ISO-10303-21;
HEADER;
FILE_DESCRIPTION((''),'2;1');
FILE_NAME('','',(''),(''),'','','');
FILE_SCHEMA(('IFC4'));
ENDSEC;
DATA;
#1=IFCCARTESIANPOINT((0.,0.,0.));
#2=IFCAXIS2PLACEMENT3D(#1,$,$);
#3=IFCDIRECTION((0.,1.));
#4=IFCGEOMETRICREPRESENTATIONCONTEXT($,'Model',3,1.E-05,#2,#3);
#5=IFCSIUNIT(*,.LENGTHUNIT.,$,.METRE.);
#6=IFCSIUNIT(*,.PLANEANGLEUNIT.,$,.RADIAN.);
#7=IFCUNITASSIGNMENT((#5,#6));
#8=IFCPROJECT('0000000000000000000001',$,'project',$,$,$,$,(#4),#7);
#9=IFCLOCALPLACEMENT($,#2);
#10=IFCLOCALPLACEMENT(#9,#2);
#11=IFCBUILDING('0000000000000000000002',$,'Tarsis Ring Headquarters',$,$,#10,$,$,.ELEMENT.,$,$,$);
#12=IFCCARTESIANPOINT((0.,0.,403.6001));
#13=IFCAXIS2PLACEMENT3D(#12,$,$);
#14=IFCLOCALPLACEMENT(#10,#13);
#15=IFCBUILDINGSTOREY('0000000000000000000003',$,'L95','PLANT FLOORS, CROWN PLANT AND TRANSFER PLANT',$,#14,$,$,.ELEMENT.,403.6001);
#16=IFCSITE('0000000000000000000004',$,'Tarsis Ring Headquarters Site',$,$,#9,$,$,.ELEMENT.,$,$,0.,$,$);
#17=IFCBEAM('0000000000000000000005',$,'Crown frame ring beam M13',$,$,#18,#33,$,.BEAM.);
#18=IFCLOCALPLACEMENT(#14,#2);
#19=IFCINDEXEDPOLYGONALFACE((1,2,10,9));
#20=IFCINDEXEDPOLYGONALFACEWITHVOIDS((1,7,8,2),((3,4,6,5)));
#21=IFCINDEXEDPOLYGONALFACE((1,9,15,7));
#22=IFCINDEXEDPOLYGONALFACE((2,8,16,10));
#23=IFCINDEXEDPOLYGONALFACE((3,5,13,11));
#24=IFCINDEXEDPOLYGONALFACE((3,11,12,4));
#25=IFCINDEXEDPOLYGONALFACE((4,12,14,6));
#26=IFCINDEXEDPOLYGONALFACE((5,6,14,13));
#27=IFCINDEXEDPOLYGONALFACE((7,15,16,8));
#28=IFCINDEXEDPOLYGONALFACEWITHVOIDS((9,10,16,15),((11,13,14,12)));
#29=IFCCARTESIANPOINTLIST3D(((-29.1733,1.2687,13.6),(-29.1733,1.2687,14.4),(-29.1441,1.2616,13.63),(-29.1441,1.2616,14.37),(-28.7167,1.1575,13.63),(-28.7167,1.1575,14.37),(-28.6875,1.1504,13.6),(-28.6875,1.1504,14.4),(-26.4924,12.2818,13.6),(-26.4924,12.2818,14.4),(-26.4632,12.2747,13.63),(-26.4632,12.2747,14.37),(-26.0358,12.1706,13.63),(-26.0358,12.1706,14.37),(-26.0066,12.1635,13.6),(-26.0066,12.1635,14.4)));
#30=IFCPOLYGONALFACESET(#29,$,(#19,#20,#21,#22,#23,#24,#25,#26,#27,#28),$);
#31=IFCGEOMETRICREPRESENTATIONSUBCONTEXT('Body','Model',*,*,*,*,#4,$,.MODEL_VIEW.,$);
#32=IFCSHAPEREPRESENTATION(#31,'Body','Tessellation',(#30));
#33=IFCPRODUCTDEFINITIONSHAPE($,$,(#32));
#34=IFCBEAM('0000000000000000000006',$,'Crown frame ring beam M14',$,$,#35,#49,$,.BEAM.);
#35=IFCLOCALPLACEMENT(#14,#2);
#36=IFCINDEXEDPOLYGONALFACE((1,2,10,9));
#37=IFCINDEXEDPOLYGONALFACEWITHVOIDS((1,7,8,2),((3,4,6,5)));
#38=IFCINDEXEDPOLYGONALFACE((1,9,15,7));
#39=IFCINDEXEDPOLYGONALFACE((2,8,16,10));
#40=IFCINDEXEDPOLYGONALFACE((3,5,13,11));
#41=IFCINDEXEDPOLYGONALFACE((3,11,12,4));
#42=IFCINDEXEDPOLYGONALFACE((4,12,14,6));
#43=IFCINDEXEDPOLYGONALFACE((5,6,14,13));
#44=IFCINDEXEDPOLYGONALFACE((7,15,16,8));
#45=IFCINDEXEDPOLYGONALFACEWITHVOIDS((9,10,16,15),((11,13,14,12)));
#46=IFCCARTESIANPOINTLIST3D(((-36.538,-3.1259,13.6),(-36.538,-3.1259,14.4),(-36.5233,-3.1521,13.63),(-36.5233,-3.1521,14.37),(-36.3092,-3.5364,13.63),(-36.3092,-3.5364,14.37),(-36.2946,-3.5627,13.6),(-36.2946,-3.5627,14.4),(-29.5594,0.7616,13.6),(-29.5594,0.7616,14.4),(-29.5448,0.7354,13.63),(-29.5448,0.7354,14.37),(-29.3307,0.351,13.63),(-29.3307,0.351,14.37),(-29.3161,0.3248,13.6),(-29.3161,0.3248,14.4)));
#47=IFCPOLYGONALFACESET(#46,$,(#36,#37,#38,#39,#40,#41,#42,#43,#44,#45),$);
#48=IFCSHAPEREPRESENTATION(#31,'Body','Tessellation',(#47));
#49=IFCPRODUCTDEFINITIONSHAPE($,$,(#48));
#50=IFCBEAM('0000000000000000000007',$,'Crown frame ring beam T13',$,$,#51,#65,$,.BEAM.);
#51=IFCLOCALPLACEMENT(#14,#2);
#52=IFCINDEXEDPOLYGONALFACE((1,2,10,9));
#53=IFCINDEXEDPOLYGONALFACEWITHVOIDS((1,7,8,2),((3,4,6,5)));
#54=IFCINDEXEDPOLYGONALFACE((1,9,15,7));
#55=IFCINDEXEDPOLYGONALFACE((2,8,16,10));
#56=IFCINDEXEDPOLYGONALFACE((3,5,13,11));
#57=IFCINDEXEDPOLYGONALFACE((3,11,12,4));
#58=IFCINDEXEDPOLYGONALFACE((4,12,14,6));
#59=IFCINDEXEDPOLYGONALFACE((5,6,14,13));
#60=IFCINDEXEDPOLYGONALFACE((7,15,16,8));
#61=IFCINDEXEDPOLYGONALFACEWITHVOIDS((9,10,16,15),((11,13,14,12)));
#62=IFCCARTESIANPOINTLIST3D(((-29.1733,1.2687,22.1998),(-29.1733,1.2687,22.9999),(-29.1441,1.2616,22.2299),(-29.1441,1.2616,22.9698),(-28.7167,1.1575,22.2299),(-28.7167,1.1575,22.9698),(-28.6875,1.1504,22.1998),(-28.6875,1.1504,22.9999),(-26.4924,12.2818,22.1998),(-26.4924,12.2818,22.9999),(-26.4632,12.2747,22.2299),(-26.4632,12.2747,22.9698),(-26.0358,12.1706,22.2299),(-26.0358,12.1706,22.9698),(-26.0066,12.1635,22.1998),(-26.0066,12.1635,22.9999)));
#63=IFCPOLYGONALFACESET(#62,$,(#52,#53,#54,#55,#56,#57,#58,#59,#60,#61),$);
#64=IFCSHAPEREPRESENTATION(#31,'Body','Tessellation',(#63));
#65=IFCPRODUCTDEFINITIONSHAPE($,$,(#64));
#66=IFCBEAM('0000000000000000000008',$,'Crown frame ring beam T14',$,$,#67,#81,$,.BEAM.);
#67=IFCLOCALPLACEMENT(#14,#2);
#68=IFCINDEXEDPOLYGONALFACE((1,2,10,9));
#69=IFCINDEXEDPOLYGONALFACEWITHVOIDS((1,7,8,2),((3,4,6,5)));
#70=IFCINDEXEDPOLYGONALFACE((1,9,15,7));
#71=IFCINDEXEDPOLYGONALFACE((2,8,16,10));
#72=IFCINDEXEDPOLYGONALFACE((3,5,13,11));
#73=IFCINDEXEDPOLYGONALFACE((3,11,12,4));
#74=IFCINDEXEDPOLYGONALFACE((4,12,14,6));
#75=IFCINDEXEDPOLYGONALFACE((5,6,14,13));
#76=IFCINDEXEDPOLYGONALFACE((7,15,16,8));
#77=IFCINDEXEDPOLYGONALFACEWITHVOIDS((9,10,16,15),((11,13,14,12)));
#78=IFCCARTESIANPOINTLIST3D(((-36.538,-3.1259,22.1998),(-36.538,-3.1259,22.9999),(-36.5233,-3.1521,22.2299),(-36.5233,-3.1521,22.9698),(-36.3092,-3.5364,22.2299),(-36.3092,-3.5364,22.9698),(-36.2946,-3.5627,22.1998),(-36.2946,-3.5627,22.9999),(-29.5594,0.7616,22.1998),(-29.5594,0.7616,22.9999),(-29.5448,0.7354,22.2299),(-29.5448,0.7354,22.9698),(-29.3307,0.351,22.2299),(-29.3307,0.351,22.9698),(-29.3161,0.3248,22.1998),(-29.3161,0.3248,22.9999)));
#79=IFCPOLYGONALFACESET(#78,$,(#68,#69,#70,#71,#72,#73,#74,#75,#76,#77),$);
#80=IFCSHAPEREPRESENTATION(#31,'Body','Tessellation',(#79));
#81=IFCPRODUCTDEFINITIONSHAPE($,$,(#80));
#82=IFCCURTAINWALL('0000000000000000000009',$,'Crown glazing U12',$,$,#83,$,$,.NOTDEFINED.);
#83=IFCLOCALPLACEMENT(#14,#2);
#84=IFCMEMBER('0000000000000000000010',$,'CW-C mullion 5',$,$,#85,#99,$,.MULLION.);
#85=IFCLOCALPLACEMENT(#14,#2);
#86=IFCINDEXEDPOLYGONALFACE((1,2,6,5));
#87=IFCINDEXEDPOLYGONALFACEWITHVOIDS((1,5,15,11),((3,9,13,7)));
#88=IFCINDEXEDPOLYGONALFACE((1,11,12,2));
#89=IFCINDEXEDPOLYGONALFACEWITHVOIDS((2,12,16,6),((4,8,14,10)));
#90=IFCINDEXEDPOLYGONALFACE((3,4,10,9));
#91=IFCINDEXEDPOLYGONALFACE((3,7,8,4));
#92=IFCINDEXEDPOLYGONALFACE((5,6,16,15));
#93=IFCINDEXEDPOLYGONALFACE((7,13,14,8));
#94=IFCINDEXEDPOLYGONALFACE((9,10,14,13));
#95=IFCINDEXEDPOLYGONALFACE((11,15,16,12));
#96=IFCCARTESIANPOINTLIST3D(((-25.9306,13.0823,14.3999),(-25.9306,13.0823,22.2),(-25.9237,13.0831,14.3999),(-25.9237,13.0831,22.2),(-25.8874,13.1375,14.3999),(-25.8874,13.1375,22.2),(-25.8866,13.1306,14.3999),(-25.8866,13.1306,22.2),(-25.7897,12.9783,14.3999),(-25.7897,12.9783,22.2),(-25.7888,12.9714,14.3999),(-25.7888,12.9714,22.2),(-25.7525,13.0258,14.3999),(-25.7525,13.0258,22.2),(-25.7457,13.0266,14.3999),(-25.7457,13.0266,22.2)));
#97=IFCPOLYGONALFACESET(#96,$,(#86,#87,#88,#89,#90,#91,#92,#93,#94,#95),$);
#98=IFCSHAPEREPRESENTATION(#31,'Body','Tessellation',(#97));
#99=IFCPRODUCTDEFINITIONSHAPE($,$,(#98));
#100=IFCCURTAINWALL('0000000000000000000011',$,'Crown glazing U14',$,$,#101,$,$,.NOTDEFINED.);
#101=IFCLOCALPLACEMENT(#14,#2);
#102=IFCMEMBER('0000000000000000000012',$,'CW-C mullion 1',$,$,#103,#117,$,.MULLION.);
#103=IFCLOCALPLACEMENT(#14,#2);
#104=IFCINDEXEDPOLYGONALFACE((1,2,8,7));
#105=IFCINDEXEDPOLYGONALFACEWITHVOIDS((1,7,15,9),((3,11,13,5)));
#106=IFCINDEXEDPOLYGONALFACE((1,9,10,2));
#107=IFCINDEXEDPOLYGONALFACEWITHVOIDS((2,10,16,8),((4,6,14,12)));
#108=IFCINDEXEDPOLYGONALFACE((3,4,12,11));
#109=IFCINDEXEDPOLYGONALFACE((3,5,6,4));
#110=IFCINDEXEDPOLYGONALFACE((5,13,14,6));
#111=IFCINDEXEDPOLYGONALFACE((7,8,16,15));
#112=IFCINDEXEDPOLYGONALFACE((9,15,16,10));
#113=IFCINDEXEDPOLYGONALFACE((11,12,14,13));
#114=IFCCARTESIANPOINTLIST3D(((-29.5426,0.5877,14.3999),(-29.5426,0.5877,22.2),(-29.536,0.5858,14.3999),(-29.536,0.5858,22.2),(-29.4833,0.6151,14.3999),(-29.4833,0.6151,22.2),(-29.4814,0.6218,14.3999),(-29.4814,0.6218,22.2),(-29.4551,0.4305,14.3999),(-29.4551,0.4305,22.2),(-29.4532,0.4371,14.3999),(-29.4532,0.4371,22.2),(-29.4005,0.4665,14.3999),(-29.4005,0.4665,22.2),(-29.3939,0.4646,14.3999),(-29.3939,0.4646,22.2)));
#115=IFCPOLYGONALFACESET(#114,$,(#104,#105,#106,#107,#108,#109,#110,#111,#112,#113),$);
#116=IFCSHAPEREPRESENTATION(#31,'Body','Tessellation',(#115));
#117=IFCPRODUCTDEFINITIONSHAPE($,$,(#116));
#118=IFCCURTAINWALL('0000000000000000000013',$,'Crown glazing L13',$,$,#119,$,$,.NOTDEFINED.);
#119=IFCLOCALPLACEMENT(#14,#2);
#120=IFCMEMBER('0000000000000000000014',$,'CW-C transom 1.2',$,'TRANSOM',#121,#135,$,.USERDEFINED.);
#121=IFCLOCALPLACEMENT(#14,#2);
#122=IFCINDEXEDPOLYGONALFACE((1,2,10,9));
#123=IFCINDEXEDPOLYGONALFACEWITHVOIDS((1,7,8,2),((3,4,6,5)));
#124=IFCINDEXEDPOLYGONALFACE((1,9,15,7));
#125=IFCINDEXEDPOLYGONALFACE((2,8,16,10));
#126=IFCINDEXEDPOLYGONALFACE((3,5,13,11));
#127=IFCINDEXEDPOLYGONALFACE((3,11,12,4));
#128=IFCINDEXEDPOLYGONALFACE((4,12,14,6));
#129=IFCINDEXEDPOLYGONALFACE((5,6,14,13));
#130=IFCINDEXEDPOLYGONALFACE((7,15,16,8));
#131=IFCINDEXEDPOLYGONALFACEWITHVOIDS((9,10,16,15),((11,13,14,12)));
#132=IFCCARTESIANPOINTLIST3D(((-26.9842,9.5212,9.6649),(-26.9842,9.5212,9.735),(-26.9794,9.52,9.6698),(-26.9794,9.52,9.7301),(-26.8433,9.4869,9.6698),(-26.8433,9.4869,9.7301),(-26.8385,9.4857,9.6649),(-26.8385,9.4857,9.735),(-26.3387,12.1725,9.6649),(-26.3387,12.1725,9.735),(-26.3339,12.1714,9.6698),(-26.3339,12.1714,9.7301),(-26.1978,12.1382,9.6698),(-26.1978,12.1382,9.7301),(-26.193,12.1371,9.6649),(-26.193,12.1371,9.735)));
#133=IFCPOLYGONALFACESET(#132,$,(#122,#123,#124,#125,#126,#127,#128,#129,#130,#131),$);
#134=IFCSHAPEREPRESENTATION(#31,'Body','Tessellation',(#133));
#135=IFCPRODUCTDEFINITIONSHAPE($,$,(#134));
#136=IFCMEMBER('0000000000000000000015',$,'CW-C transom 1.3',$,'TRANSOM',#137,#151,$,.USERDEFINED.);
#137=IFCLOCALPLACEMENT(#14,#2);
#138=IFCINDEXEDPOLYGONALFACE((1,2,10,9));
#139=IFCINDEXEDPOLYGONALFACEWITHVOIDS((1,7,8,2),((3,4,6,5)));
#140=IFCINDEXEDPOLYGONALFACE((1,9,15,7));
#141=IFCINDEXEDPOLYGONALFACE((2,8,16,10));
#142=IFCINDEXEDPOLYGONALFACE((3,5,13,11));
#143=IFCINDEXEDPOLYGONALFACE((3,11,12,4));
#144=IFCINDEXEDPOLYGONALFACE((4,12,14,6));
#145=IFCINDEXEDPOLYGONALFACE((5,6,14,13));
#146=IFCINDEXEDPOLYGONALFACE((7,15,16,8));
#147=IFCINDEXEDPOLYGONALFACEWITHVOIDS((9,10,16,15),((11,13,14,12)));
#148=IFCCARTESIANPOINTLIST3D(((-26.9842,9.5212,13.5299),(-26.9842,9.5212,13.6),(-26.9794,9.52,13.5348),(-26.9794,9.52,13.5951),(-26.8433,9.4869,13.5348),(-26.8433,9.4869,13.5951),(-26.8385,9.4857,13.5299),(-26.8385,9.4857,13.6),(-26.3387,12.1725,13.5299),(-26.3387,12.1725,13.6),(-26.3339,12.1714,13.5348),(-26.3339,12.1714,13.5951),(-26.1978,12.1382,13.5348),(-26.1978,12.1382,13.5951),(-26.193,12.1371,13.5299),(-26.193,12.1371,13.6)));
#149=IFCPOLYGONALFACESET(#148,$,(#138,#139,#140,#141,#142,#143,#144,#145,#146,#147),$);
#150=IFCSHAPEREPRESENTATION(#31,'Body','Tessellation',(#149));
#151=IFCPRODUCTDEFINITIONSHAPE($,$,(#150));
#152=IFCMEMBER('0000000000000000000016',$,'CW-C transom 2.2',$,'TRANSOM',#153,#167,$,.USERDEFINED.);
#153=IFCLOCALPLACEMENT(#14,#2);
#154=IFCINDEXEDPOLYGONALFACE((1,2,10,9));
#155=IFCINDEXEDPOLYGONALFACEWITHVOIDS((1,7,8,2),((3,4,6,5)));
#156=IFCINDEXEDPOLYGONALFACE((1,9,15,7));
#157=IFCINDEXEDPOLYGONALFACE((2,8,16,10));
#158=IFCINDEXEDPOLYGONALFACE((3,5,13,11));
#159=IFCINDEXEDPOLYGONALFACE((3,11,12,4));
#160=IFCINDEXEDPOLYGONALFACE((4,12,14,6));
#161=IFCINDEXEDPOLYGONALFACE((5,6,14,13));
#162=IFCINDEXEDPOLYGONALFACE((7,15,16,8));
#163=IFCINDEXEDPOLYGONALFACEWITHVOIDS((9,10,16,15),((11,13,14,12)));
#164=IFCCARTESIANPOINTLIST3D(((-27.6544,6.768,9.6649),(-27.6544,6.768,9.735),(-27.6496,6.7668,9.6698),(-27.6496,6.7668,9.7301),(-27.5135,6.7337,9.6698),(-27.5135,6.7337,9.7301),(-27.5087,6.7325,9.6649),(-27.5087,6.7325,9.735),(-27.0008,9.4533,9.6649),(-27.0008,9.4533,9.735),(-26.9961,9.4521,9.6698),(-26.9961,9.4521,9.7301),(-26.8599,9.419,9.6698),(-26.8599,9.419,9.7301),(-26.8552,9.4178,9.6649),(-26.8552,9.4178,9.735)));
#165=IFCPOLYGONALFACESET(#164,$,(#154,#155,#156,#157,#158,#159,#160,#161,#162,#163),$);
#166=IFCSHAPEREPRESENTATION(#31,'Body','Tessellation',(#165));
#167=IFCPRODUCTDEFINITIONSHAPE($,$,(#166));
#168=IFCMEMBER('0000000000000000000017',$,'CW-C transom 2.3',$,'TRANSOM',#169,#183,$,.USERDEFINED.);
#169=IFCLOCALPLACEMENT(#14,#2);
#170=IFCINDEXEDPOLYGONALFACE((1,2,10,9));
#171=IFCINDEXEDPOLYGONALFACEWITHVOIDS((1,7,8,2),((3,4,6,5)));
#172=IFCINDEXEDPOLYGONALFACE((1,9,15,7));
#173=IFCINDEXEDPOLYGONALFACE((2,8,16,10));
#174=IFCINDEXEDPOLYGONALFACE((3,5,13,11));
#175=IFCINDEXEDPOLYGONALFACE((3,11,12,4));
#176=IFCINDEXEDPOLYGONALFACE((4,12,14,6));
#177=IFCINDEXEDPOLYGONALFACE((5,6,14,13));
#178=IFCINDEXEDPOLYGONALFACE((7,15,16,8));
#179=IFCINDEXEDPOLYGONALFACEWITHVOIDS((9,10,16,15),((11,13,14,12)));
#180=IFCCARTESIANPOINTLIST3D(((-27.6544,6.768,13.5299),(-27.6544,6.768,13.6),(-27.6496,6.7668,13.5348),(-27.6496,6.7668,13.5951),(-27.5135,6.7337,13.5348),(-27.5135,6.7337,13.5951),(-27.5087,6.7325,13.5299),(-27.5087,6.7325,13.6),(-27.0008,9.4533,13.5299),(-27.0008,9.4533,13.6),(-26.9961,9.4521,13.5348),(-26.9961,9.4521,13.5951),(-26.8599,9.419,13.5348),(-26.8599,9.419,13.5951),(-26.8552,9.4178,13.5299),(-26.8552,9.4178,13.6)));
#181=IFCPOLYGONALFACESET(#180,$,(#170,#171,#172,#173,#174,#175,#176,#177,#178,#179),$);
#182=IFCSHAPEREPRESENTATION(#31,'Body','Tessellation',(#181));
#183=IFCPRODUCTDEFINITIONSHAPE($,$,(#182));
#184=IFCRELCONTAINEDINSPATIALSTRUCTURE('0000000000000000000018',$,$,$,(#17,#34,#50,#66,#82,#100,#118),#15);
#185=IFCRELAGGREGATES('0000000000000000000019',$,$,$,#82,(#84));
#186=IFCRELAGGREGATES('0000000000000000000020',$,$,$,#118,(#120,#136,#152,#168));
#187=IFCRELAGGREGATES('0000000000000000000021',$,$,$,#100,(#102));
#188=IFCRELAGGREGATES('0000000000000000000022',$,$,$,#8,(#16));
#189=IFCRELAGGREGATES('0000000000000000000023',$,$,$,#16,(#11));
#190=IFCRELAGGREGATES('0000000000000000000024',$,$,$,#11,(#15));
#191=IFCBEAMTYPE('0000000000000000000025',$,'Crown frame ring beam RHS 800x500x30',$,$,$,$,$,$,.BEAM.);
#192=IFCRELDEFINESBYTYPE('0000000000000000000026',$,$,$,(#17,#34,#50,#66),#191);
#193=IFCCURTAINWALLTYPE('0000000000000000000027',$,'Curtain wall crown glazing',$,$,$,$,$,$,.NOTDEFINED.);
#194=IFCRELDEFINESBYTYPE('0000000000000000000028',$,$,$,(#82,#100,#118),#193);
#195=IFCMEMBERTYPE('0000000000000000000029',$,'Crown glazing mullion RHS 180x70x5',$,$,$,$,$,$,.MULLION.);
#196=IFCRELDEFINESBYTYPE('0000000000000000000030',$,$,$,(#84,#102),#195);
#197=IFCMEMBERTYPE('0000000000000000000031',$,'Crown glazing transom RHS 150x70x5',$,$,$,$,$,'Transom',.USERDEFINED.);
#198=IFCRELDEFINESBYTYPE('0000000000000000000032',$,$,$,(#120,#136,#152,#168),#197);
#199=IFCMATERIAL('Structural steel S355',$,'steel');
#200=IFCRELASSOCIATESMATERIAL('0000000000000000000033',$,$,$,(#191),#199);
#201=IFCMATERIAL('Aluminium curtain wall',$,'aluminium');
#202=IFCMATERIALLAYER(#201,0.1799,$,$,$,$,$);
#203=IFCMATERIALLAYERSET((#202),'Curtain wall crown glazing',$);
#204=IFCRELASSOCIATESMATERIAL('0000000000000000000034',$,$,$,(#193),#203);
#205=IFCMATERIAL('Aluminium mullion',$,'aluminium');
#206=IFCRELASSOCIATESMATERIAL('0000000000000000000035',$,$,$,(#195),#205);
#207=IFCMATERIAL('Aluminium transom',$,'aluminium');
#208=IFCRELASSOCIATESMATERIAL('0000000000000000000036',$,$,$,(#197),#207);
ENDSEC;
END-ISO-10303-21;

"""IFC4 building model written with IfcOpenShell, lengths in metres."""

from ifc_helpers import new_model, si_unit, direction, frame, origin, origin_2d, place, context, subcontext, project, spatial, hollow_rectangle, extrude, material, layer, layer_set, material_profile, profile_set, type_object, element, aggregate, save


model = new_model("IFC4")

# Units and contexts
model_context = context("Model", 3, precision=1e-05, world=origin(), true_north=direction((0.0, 1.0)))
body_context = subcontext(model_context, "Body", "Model", "MODEL_VIEW")
ifc_project = project(units=[si_unit("LENGTHUNIT", "METRE"), si_unit("PLANEANGLEUNIT", "RADIAN")], contexts=[model_context])

# Site, building, storey
site_placement = place(None, origin())
site = spatial("IfcSite", under=ifc_project, at=site_placement, Name="Tarsis Ring Headquarters Site", CompositionType="ELEMENT", RefElevation=0.0)
building_placement = place(site_placement, origin())
building = spatial("IfcBuilding", under=site, at=building_placement, Name="Tarsis Ring Headquarters", CompositionType="ELEMENT")
storey_placement = place(building_placement, frame((0.0, 0.0, 403.6001)))
storey = spatial("IfcBuildingStorey", under=building, at=storey_placement, Name="L95", Description="PLANT FLOORS, CROWN PLANT AND TRANSFER PLANT", CompositionType="ELEMENT", Elevation=403.6001)

# Beams
ifc_material_1 = material(Name="Structural steel S355", Category="steel")
ifc_material_profile_1 = material_profile(ifc_material_1, hollow_rectangle(XDim=0.5, YDim=0.8, WallThickness=0.03, at=origin_2d()), Name="RHS 800x500x30")
ifc_profile_set_1 = profile_set([ifc_material_profile_1], Name="Structural steel S355")
beam_type = type_object("IfcBeamType", Name="Crown frame ring beam RHS 800x500x30", PredefinedType="BEAM", material=ifc_profile_set_1)
beam_1_placement = place(storey_placement, frame((-26.2495, 12.2227, 14.0), z_axis=(-0.23652, -0.971627, 0.0), x_axis=(0.971627, -0.23652, 0.0)))
element("IfcBeam", 1, at=beam_1_placement, inside=storey, type_object=beam_type, Name="Crown frame ring beam M13", PredefinedType="BEAM", context=body_context, shape_type="SweptSolid", body=[
    extrude(hollow_rectangle(XDim=0.5, YDim=0.8, WallThickness=0.03, at=origin_2d()), origin(), (0.0, 0.0, 1.0), 11.3347),
])
beam_2_placement = place(storey_placement, frame((-29.4377, 0.5432, 14.0), z_axis=(-0.873599, -0.486647, 0.0), x_axis=(0.486647, -0.873599, 0.0)))
element("IfcBeam", 2, at=beam_2_placement, inside=storey, type_object=beam_type, Name="Crown frame ring beam M14", PredefinedType="BEAM", context=body_context, shape_type="SweptSolid", body=[
    extrude(hollow_rectangle(XDim=0.5, YDim=0.8, WallThickness=0.03, at=origin_2d()), origin(), (0.0, 0.0, 1.0), 7.9883),
])
beam_3_placement = place(storey_placement, frame((-26.2495, 12.2227, 22.5999), z_axis=(-0.23652, -0.971627, 0.0), x_axis=(0.971627, -0.23652, 0.0)))
element("IfcBeam", 3, at=beam_3_placement, inside=storey, type_object=beam_type, Name="Crown frame ring beam T13", PredefinedType="BEAM", context=body_context, shape_type="SweptSolid", body=[
    extrude(hollow_rectangle(XDim=0.5, YDim=0.8, WallThickness=0.03, at=origin_2d()), origin(), (0.0, 0.0, 1.0), 11.3347),
])
beam_4_placement = place(storey_placement, frame((-29.4377, 0.5432, 22.5999), z_axis=(-0.873599, -0.486647, 0.0), x_axis=(0.486647, -0.873599, 0.0)))
element("IfcBeam", 4, at=beam_4_placement, inside=storey, type_object=beam_type, Name="Crown frame ring beam T14", PredefinedType="BEAM", context=body_context, shape_type="SweptSolid", body=[
    extrude(hollow_rectangle(XDim=0.5, YDim=0.8, WallThickness=0.03, at=origin_2d()), origin(), (0.0, 0.0, 1.0), 7.9883),
])

# Curtain walls, members
ifc_material_2 = material(Name="Aluminium curtain wall", Category="aluminium")
ifc_layer_1 = layer(ifc_material_2, 0.1799)
ifc_layer_set_1 = layer_set([ifc_layer_1], Name="Curtain wall crown glazing")
curtain_wall_type = type_object("IfcCurtainWallType", Name="Curtain wall crown glazing", PredefinedType="NOTDEFINED", material=ifc_layer_set_1)
curtain_wall_1_placement = place(storey_placement, origin())
curtain_wall_1 = element("IfcCurtainWall", 5, at=curtain_wall_1_placement, inside=storey, type_object=curtain_wall_type, Name="Crown glazing U12", PredefinedType="NOTDEFINED")
ifc_material_3 = material(Name="Aluminium mullion", Category="aluminium")
ifc_material_profile_2 = material_profile(ifc_material_3, hollow_rectangle(XDim=0.1799, YDim=0.0701, WallThickness=0.0049, at=origin_2d()), Name="RHS 180x70x5")
ifc_profile_set_2 = profile_set([ifc_material_profile_2], Name="Aluminium mullion")
member_type_1 = type_object("IfcMemberType", Name="Crown glazing mullion RHS 180x70x5", PredefinedType="MULLION", material=ifc_profile_set_2)
member_1_placement = place(storey_placement, frame((-25.8381, 13.0544, 14.3999), z_axis=(0.0, 0.0, 1.0), x_axis=(0.787755, -0.615988, 0.0)))
member_1 = element("IfcMember", 6, at=member_1_placement, type_object=member_type_1, Name="CW-C mullion 5", PredefinedType="MULLION", context=body_context, shape_type="SweptSolid", body=[
    extrude(hollow_rectangle(XDim=0.1799, YDim=0.0701, WallThickness=0.0049, at=origin_2d()), origin(), (0.0, 0.0, 1.0), 7.8),
])
aggregate(curtain_wall_1, [member_1])
curtain_wall_2_placement = place(storey_placement, origin())
curtain_wall_2 = element("IfcCurtainWall", 7, at=curtain_wall_2_placement, inside=storey, type_object=curtain_wall_type, Name="Crown glazing U14", PredefinedType="NOTDEFINED")
member_2_placement = place(storey_placement, frame((-29.4683, 0.5261, 14.3999), z_axis=(0.0, 0.0, 1.0), x_axis=(0.48664, -0.873602, 0.0)))
member_2 = element("IfcMember", 8, at=member_2_placement, type_object=member_type_1, Name="CW-C mullion 1", PredefinedType="MULLION", context=body_context, shape_type="SweptSolid", body=[
    extrude(hollow_rectangle(XDim=0.1799, YDim=0.0701, WallThickness=0.0049, at=origin_2d()), origin(), (0.0, 0.0, 1.0), 7.8),
])

# Curtain wall, members
curtain_wall_3_placement = place(storey_placement, origin())
curtain_wall_3 = element("IfcCurtainWall", 9, at=curtain_wall_3_placement, inside=storey, type_object=curtain_wall_type, Name="Crown glazing L13", PredefinedType="NOTDEFINED")
ifc_material_4 = material(Name="Aluminium transom", Category="aluminium")
ifc_material_profile_3 = material_profile(ifc_material_4, hollow_rectangle(XDim=0.1499, YDim=0.0701, WallThickness=0.0049, at=origin_2d()), Name="RHS 150x70x5")
ifc_profile_set_3 = profile_set([ifc_material_profile_3], Name="Aluminium transom")
member_type_2 = type_object("IfcMemberType", Name="Crown glazing transom RHS 150x70x5", ElementType="Transom", PredefinedType="USERDEFINED", material=ifc_profile_set_3)
member_3_placement = place(storey_placement, frame((-26.2659, 12.1548, 9.7), z_axis=(-0.236552, -0.971619, 0.0), x_axis=(0.971619, -0.236552, 0.0)))
member_3 = element("IfcMember", 10, at=member_3_placement, type_object=member_type_2, Name="CW-C transom 1.2", ObjectType="TRANSOM", PredefinedType="USERDEFINED", context=body_context, shape_type="SweptSolid", body=[
    extrude(hollow_rectangle(XDim=0.1499, YDim=0.0701, WallThickness=0.0049, at=origin_2d()), origin(), (0.0, 0.0, 1.0), 2.7288),
])
member_4_placement = place(storey_placement, frame((-26.2659, 12.1548, 13.5649), z_axis=(-0.236552, -0.971619, 0.0), x_axis=(0.971619, -0.236552, 0.0)))
member_4 = element("IfcMember", 11, at=member_4_placement, type_object=member_type_2, Name="CW-C transom 1.3", ObjectType="TRANSOM", PredefinedType="USERDEFINED", context=body_context, shape_type="SweptSolid", body=[
    extrude(hollow_rectangle(XDim=0.1499, YDim=0.0701, WallThickness=0.0049, at=origin_2d()), origin(), (0.0, 0.0, 1.0), 2.7288),
])
member_5_placement = place(storey_placement, frame((-26.928, 9.4355, 9.7), z_axis=(-0.236482, -0.971636, 0.0), x_axis=(0.971636, -0.236482, 0.0)))
member_5 = element("IfcMember", 12, at=member_5_placement, type_object=member_type_2, Name="CW-C transom 2.2", ObjectType="TRANSOM", PredefinedType="USERDEFINED", context=body_context, shape_type="SweptSolid", body=[
    extrude(hollow_rectangle(XDim=0.1499, YDim=0.0701, WallThickness=0.0049, at=origin_2d()), origin(), (0.0, 0.0, 1.0), 2.7637),
])
member_6_placement = place(storey_placement, frame((-26.928, 9.4355, 13.5649), z_axis=(-0.236482, -0.971636, 0.0), x_axis=(0.971636, -0.236482, 0.0)))
member_6 = element("IfcMember", 13, at=member_6_placement, type_object=member_type_2, Name="CW-C transom 2.3", ObjectType="TRANSOM", PredefinedType="USERDEFINED", context=body_context, shape_type="SweptSolid", body=[
    extrude(hollow_rectangle(XDim=0.1499, YDim=0.0701, WallThickness=0.0049, at=origin_2d()), origin(), (0.0, 0.0, 1.0), 2.7637),
])

aggregate(curtain_wall_3, [member_3, member_4, member_5, member_6])
aggregate(curtain_wall_2, [member_2])

save(model, "model.ifc")
